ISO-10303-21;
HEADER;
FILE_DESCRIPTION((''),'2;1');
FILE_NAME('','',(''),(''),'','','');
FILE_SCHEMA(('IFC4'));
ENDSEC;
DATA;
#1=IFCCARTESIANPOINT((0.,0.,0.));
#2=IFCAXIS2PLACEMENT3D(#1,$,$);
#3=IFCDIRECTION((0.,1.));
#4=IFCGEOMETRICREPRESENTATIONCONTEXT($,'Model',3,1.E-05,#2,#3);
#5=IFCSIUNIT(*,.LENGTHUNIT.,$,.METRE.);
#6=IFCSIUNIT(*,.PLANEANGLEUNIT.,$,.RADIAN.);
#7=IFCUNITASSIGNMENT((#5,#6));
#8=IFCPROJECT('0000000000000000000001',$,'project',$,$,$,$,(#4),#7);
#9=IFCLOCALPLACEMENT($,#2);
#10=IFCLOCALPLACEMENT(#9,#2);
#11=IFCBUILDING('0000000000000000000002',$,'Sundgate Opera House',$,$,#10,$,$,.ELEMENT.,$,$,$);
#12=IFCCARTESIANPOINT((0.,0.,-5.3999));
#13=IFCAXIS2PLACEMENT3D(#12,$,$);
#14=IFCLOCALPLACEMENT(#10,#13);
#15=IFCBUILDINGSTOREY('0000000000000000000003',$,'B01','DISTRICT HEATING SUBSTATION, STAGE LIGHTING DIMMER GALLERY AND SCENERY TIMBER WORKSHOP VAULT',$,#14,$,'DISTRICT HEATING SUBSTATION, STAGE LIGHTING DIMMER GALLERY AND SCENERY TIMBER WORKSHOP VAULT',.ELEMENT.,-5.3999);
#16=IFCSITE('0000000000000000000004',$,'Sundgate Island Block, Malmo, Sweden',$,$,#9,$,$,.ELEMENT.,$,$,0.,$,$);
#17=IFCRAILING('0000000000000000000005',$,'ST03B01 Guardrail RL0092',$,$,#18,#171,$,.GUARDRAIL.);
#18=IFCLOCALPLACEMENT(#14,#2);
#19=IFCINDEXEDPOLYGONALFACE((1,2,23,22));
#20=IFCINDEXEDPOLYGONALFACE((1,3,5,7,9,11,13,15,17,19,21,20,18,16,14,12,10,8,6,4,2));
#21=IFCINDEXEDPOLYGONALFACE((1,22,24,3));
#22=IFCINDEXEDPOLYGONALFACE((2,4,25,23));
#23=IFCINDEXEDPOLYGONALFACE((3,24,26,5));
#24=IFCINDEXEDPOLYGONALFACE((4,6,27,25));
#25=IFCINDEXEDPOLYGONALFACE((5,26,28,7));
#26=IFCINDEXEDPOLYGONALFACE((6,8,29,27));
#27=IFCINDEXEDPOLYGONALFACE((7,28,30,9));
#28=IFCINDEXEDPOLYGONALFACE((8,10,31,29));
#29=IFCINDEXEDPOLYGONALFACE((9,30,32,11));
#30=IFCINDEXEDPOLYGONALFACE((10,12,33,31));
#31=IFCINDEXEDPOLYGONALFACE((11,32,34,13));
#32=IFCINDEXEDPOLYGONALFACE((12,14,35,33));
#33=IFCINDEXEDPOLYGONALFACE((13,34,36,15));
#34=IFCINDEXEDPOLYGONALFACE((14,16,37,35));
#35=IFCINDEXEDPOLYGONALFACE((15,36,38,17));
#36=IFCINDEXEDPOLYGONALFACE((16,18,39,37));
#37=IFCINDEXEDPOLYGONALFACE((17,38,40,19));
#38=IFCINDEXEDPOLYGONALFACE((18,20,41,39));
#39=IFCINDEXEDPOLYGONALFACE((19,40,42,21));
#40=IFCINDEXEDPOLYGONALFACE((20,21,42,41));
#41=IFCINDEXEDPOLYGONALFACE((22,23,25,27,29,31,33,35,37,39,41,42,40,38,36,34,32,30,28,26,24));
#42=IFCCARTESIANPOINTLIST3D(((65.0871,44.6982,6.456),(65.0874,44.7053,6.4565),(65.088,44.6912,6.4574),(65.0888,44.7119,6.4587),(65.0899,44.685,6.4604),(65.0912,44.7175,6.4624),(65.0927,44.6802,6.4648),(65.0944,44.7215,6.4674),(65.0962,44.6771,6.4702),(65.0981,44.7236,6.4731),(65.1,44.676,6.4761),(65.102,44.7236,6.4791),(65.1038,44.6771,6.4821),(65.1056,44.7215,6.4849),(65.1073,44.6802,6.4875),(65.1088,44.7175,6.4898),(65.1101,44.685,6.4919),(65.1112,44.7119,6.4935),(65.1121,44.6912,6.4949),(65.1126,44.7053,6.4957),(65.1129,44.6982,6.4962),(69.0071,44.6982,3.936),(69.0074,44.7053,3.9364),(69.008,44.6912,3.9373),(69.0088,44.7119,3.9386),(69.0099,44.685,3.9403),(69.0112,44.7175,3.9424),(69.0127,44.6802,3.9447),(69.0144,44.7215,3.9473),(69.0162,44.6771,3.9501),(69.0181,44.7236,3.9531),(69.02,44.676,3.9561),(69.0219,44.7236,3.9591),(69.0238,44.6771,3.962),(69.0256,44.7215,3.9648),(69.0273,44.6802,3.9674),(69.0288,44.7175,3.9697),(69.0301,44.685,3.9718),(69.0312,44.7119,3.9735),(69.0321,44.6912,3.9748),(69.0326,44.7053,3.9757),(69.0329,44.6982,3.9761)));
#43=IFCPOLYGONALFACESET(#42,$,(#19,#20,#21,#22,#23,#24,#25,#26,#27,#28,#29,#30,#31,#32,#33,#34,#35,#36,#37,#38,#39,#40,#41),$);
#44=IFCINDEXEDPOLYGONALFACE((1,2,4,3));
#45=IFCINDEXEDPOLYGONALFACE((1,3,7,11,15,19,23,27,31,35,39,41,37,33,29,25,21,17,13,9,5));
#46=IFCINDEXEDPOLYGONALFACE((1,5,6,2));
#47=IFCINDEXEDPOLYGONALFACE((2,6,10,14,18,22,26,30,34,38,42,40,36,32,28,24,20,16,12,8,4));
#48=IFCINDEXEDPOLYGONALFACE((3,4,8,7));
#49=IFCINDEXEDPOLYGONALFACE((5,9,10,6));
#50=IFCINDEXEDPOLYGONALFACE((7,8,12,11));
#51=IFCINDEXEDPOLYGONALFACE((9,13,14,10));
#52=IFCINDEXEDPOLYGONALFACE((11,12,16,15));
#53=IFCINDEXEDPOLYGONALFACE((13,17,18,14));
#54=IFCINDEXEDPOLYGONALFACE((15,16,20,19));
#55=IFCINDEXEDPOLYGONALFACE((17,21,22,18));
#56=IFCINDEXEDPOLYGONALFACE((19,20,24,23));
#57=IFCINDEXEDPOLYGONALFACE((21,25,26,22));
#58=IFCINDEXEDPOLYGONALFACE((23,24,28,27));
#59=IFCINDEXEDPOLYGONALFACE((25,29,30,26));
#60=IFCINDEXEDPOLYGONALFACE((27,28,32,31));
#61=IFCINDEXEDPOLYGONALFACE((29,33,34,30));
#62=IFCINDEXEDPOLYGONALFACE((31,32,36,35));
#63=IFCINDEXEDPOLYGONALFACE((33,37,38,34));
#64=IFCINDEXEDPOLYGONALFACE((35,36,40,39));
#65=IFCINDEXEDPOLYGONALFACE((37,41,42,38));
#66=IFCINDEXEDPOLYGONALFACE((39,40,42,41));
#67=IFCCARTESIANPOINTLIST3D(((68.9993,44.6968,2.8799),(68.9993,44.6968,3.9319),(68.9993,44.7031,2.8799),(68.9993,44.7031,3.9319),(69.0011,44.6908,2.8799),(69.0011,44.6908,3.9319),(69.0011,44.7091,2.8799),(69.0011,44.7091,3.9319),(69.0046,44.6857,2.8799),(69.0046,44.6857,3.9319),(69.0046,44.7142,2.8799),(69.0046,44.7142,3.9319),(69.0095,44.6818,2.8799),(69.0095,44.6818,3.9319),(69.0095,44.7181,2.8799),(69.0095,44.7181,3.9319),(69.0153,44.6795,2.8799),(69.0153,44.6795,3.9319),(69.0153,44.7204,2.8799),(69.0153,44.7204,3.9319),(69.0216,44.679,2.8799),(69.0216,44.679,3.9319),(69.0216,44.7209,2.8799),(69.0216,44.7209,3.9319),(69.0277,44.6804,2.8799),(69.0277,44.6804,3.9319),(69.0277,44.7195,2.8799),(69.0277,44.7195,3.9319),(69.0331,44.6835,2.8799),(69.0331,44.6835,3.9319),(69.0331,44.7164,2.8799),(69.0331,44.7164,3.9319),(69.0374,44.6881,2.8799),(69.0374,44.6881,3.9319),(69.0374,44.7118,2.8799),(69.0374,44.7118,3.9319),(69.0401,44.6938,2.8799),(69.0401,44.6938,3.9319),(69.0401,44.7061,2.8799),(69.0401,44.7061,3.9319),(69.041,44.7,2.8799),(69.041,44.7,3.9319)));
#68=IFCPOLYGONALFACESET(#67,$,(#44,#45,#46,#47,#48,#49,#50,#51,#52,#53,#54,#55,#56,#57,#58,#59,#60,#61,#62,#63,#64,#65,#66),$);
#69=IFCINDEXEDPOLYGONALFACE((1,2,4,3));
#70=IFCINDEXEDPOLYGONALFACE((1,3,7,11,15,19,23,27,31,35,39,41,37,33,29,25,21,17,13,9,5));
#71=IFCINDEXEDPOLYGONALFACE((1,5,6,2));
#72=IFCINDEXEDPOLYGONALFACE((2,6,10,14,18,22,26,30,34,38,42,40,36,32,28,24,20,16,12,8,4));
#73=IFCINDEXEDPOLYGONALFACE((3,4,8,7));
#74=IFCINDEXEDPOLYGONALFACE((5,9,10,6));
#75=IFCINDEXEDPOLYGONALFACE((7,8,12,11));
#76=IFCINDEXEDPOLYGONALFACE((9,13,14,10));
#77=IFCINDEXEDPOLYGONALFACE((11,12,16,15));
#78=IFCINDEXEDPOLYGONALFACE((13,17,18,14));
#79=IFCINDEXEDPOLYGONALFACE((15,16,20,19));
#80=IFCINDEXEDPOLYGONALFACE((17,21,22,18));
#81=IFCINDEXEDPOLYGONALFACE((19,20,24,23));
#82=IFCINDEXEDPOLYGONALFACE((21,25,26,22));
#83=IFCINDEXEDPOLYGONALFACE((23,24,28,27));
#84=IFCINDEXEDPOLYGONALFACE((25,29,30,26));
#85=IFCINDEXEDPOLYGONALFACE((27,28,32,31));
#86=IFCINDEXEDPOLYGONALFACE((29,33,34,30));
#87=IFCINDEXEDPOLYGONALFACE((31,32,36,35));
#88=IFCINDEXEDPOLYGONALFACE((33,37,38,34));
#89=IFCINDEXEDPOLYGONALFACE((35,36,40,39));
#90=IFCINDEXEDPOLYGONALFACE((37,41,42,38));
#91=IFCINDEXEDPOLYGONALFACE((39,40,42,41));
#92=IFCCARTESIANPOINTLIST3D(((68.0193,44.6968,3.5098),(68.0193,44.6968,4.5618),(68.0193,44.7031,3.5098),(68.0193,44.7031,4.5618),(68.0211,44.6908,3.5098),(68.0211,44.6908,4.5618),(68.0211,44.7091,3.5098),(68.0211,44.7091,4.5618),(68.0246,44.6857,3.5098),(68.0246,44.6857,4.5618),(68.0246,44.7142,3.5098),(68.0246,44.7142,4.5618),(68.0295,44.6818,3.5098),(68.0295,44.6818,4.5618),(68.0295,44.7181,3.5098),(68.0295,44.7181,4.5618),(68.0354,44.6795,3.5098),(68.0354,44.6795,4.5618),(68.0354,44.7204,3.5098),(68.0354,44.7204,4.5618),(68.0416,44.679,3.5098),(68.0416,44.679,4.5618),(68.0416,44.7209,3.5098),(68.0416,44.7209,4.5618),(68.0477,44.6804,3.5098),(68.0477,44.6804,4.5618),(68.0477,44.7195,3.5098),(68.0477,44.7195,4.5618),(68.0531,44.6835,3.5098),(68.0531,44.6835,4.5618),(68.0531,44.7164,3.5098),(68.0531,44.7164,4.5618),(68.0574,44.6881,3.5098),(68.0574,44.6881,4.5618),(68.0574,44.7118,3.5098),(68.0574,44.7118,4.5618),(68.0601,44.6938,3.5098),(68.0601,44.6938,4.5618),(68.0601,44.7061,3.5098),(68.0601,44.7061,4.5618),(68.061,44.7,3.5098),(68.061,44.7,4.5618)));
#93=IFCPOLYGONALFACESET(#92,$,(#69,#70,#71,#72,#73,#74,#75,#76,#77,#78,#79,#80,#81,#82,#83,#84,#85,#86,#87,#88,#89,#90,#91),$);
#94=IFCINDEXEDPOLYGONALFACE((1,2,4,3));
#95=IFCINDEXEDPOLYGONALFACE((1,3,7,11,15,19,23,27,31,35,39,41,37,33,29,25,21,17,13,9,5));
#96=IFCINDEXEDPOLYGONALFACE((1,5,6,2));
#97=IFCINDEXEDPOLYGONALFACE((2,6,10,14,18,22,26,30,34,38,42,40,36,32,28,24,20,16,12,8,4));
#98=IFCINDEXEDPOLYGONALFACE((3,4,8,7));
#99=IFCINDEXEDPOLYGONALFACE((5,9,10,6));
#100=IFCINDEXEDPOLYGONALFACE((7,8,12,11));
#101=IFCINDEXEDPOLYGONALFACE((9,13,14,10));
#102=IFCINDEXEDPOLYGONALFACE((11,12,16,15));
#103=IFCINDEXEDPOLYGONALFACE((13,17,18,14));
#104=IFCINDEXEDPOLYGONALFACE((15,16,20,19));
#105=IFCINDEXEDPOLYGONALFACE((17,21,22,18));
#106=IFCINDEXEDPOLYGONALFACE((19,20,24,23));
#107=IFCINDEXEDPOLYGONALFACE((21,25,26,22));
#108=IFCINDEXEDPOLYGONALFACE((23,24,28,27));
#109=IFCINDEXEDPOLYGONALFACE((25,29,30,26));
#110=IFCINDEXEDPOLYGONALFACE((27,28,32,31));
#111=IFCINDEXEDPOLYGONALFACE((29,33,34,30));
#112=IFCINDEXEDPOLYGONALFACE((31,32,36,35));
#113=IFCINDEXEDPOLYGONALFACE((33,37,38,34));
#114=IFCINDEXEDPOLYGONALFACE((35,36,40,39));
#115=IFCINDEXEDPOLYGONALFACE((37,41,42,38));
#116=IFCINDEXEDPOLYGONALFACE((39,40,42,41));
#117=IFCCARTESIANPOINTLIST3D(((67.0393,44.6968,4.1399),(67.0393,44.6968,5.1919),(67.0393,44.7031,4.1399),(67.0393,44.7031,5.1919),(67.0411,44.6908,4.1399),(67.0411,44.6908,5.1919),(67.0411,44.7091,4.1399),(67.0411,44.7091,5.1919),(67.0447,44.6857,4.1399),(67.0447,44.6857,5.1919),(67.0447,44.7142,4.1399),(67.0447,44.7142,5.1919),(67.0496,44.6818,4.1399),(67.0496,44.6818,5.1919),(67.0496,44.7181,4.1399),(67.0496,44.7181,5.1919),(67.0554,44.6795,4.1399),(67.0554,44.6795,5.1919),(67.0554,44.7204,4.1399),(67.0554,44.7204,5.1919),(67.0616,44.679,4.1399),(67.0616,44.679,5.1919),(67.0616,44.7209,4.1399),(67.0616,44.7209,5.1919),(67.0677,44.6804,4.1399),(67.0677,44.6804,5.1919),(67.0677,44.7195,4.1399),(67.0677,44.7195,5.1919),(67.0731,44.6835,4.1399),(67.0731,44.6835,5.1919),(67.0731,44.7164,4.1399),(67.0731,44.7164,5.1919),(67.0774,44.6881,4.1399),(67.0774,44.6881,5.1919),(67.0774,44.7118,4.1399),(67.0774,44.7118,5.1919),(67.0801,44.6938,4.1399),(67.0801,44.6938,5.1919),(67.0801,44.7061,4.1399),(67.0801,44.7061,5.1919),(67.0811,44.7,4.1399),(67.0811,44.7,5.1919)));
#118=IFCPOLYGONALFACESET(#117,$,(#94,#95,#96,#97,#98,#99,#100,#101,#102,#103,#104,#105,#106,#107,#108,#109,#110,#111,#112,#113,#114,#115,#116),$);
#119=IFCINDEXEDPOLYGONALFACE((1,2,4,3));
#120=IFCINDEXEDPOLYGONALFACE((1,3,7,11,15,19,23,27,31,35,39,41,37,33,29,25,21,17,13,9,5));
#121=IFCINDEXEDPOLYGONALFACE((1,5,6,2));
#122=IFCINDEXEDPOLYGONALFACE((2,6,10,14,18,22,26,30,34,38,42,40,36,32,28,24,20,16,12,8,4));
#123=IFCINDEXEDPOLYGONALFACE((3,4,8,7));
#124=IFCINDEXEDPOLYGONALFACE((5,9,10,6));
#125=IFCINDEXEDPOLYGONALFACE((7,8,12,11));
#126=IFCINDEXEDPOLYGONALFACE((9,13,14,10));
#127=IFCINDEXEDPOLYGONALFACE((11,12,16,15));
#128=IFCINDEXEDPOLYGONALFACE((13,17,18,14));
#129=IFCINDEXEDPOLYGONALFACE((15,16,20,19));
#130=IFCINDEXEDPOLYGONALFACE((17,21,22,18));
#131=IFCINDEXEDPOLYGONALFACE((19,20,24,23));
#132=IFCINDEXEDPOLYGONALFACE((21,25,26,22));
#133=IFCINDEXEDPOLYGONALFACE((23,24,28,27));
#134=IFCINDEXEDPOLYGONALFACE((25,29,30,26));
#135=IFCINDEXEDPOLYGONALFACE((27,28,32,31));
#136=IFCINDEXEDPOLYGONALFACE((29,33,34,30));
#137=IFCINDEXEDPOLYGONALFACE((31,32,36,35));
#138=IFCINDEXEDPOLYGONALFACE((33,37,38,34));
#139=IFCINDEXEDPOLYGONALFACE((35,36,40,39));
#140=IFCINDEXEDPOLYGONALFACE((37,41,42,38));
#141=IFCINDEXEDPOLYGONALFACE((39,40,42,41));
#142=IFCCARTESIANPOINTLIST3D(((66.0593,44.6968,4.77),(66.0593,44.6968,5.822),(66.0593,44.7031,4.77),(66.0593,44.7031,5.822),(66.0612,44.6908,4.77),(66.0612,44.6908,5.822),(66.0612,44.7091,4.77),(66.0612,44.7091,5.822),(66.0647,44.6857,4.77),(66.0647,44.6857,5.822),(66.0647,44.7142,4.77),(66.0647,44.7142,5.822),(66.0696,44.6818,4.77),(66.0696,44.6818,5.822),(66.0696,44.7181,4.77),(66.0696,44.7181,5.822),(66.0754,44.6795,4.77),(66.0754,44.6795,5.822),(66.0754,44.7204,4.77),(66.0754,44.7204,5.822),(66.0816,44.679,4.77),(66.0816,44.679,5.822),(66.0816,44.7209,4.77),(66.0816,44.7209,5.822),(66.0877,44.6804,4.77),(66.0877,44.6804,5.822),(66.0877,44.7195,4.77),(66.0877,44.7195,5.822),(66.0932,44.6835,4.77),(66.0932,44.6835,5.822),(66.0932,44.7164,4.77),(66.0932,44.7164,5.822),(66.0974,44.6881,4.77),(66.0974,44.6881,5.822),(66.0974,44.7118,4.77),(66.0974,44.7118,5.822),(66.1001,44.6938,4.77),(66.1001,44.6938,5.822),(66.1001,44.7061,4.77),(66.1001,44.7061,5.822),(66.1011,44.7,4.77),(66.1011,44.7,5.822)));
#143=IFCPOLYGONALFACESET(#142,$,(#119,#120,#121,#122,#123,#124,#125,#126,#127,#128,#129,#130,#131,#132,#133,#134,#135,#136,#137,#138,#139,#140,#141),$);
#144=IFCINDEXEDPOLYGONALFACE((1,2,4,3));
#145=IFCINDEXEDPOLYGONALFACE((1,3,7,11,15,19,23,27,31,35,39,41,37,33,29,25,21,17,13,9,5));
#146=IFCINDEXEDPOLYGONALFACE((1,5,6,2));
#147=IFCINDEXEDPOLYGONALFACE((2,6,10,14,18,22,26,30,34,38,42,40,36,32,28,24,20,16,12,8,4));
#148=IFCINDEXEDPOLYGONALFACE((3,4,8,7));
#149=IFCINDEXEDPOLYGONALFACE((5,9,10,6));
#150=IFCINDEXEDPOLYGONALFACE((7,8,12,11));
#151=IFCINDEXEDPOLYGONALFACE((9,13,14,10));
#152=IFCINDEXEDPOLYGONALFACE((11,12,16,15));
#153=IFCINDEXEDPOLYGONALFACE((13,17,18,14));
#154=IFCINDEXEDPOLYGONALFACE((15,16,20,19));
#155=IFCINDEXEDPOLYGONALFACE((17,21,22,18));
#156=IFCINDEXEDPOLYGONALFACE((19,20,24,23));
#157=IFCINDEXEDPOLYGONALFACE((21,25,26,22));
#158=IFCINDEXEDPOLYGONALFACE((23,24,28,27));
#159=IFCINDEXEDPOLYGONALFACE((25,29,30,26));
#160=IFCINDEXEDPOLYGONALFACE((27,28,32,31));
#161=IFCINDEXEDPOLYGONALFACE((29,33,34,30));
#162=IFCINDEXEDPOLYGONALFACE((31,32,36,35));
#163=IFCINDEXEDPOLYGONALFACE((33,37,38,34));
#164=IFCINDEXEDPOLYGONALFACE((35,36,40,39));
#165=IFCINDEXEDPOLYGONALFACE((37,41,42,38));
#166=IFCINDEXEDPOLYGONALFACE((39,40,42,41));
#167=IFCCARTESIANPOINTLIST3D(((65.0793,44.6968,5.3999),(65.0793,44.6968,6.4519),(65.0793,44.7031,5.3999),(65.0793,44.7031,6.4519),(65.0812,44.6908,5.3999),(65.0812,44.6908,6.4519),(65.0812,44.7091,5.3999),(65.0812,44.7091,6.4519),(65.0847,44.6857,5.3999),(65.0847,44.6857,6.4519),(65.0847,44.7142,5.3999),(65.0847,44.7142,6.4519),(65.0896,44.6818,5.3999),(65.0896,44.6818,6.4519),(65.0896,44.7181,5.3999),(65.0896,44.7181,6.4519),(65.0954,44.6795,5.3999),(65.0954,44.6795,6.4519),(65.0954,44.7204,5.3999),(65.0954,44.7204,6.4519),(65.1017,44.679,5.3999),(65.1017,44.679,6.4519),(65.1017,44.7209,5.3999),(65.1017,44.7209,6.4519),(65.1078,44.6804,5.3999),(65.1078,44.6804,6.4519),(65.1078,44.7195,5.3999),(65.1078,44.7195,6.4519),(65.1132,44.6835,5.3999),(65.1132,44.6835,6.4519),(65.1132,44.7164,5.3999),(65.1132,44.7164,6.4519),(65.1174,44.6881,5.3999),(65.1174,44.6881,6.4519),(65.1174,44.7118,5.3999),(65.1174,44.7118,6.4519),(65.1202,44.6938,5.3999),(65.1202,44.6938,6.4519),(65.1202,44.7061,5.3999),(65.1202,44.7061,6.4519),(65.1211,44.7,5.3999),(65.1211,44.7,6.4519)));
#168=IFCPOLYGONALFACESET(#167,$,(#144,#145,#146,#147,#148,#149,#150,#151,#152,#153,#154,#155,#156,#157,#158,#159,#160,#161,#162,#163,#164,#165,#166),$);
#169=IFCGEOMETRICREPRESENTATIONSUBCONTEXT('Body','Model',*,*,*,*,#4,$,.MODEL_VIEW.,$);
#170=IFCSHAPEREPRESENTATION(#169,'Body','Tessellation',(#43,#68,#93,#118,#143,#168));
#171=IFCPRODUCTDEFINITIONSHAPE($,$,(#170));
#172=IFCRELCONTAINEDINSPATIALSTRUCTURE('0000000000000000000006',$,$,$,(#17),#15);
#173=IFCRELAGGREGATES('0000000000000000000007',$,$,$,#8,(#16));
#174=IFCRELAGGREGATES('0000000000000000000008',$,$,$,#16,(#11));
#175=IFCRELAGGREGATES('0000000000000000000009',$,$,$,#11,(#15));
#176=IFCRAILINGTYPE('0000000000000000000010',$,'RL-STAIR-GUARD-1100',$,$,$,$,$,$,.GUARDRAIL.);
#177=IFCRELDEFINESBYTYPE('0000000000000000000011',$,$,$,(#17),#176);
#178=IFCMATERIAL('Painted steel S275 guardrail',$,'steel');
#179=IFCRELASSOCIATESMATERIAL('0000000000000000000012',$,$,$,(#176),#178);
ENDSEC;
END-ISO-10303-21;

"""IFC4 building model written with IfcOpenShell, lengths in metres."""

from ifc_helpers import new_model, si_unit, direction, frame, origin, origin_2d, place, context, subcontext, project, spatial, circle, extrude, material, type_object, element, save


model = new_model("IFC4")

# Units and contexts
model_context = context("Model", 3, precision=1e-05, world=origin(), true_north=direction((0.0, 1.0)))
body_context = subcontext(model_context, "Body", "Model", "MODEL_VIEW")
ifc_project = project(units=[si_unit("LENGTHUNIT", "METRE"), si_unit("PLANEANGLEUNIT", "RADIAN")], contexts=[model_context])

# Site, building, storey
site_placement = place(None, origin())
site = spatial("IfcSite", under=ifc_project, at=site_placement, Name="Sundgate Island Block, Malmo, Sweden", CompositionType="ELEMENT", RefElevation=0.0)
building_placement = place(site_placement, origin())
building = spatial("IfcBuilding", under=site, at=building_placement, Name="Sundgate Opera House", CompositionType="ELEMENT")
storey_placement = place(building_placement, frame((0.0, 0.0, -5.3999)))
storey = spatial("IfcBuildingStorey", under=building, at=storey_placement, Name="B01", Description="DISTRICT HEATING SUBSTATION, STAGE LIGHTING DIMMER GALLERY AND SCENERY TIMBER WORKSHOP VAULT", LongName="DISTRICT HEATING SUBSTATION, STAGE LIGHTING DIMMER GALLERY AND SCENERY TIMBER WORKSHOP VAULT", CompositionType="ELEMENT", Elevation=-5.3999)

# Railing
ifc_material_1 = material(Name="Painted steel S275 guardrail", Category="steel")
railing_type_1 = type_object("IfcRailingType", Name="RL-STAIR-GUARD-1100", PredefinedType="GUARDRAIL", material=ifc_material_1)
railing_1_placement = place(storey_placement, frame((69.02, 44.7, 2.8799)))
element("IfcRailing", 1, at=railing_1_placement, inside=storey, type_object=railing_type_1, Name="ST03B01 Guardrail RL0092", PredefinedType="GUARDRAIL", context=body_context, shape_type="SweptSolid", body=[
    extrude(circle(Radius=0.0239, at=origin_2d()), frame((0.0, 0.0, 1.0762), z_axis=(-0.841172, 0.0, 0.540768), x_axis=(0.0, -1.0, 0.0)), (0.0, 0.0, 1.0), 4.6602),
    extrude(circle(Radius=0.021, at=origin_2d()), origin(), (0.0, 0.0, 1.0), 1.052),
    extrude(circle(Radius=0.021, at=origin_2d()), frame((-0.98, 0.0, 0.6299)), (0.0, 0.0, 1.0), 1.052),
    extrude(circle(Radius=0.021, at=origin_2d()), frame((-1.96, 0.0, 1.26)), (0.0, 0.0, 1.0), 1.052),
    extrude(circle(Radius=0.021, at=origin_2d()), frame((-2.9399, 0.0, 1.8901)), (0.0, 0.0, 1.0), 1.052),
    extrude(circle(Radius=0.021, at=origin_2d()), frame((-3.9199, 0.0, 2.52)), (0.0, 0.0, 1.0), 1.052),
])

save(model, "model.ifc")
